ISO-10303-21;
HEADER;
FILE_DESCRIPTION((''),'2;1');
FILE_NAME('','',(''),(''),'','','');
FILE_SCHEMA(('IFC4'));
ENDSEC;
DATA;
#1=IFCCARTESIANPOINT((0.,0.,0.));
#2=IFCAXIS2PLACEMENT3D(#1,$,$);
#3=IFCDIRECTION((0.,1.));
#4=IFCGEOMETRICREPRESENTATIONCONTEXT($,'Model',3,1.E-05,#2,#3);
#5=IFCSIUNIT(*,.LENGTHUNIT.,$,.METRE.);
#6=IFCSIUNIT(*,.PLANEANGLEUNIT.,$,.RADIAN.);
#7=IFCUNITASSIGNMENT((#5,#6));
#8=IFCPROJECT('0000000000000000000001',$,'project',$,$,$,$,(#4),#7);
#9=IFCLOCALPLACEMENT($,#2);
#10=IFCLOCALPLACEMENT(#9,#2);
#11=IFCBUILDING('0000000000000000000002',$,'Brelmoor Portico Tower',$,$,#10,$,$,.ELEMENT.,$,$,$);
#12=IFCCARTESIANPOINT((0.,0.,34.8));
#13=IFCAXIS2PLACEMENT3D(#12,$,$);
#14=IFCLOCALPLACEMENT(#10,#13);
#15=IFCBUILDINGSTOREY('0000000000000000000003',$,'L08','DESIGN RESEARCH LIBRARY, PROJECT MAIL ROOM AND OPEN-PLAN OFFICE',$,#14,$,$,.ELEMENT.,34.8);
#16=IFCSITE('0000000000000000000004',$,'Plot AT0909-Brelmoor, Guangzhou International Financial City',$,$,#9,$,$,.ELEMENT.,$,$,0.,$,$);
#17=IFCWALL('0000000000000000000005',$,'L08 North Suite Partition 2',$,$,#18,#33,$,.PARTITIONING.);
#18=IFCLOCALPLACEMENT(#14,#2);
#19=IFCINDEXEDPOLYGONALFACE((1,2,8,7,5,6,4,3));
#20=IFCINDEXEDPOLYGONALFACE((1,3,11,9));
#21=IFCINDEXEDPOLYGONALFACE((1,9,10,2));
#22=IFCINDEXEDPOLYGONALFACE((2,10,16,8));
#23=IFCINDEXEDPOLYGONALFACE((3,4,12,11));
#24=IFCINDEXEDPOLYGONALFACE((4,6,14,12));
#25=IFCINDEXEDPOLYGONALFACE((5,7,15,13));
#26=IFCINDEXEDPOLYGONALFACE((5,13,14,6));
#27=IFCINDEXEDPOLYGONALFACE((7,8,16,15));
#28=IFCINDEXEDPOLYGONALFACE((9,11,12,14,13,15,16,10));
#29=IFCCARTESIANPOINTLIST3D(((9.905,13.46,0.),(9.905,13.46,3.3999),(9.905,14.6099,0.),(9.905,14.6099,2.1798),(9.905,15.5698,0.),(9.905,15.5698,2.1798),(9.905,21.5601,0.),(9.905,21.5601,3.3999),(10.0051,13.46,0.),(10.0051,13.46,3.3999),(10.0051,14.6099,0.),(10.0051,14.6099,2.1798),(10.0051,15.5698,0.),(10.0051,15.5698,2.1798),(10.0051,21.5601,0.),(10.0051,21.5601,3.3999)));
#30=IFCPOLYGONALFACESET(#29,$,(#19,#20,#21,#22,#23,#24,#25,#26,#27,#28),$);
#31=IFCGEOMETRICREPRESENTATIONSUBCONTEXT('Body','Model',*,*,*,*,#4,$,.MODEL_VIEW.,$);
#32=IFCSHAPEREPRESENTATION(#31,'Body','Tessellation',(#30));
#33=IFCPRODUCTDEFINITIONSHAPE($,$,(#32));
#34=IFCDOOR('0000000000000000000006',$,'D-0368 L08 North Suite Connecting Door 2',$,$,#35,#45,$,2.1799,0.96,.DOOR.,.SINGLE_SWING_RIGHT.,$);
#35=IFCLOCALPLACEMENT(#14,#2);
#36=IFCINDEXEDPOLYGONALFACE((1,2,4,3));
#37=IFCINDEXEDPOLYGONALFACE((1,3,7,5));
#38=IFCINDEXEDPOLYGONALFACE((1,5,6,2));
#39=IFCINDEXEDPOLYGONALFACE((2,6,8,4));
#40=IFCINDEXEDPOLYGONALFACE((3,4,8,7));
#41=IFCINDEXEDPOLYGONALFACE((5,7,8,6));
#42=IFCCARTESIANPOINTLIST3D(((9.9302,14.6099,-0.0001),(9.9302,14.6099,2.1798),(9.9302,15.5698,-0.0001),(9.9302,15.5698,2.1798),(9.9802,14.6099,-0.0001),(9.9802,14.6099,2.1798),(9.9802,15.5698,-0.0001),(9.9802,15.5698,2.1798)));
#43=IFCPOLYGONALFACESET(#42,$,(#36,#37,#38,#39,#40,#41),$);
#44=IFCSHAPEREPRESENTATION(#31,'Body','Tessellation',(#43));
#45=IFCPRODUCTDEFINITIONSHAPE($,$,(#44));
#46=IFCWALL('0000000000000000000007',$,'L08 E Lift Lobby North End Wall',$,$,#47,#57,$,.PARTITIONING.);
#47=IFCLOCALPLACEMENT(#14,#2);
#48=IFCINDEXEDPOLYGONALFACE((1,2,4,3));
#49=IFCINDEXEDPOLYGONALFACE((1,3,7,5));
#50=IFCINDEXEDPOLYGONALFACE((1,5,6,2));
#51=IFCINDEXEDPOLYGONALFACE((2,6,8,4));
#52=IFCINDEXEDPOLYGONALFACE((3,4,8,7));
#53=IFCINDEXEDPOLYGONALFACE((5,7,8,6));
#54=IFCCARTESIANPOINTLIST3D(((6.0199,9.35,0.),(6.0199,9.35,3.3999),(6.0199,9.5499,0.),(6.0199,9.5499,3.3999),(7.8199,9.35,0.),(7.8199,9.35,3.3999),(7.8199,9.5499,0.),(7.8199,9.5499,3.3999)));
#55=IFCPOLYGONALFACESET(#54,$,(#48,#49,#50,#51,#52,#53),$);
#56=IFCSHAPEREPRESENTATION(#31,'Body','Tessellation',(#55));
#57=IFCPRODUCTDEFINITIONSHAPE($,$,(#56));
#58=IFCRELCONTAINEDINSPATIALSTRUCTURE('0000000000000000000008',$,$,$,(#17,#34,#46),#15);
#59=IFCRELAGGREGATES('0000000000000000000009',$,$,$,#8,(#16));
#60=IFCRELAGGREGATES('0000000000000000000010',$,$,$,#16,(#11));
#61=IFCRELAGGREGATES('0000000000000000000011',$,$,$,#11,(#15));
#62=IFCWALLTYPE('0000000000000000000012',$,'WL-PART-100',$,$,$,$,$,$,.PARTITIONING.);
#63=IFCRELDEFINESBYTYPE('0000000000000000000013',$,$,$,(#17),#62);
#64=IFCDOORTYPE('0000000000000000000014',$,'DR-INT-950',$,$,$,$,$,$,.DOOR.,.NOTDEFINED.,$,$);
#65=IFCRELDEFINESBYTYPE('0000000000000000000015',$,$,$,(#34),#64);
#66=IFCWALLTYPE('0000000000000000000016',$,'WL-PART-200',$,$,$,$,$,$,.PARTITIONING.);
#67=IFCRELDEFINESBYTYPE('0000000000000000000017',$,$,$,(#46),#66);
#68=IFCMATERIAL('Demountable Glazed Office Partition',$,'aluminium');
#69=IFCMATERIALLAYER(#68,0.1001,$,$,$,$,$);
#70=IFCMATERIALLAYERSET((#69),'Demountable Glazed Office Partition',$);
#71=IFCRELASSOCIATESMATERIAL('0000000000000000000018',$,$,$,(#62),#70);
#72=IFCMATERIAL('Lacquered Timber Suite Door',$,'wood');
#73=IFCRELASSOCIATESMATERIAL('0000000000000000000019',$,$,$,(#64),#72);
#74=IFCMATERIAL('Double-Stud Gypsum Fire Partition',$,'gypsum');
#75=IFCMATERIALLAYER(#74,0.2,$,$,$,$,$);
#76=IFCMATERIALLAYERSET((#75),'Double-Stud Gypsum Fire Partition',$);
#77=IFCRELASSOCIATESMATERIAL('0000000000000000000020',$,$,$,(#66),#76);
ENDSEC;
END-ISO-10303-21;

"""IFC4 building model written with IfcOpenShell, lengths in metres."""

from ifc_helpers import new_model, si_unit, direction, frame, frame_2d, origin, place, context, subcontext, project, spatial, rectangle, extrude, material, layer, layer_set, type_object, element, fill, save


model = new_model("IFC4")

# Units and contexts
model_context = context("Model", 3, precision=1e-05, world=origin(), true_north=direction((0.0, 1.0)))
body_context = subcontext(model_context, "Body", "Model", "MODEL_VIEW")
ifc_project = project(units=[si_unit("LENGTHUNIT", "METRE"), si_unit("PLANEANGLEUNIT", "RADIAN")], contexts=[model_context])

# Site, building, storey
site_placement = place(None, origin())
site = spatial("IfcSite", under=ifc_project, at=site_placement, Name="Plot AT0909-Brelmoor, Guangzhou International Financial City", CompositionType="ELEMENT", RefElevation=0.0)
building_placement = place(site_placement, origin())
building = spatial("IfcBuilding", under=site, at=building_placement, Name="Brelmoor Portico Tower", CompositionType="ELEMENT")
storey_placement = place(building_placement, frame((0.0, 0.0, 34.8)))
storey = spatial("IfcBuildingStorey", under=building, at=storey_placement, Name="L08", Description="DESIGN RESEARCH LIBRARY, PROJECT MAIL ROOM AND OPEN-PLAN OFFICE", CompositionType="ELEMENT", Elevation=34.8)

# Wall, opening, door
ifc_material_1 = material(Name="Demountable Glazed Office Partition", Category="aluminium")
ifc_layer_1 = layer(ifc_material_1, 0.1001)
ifc_layer_set_1 = layer_set([ifc_layer_1], Name="Demountable Glazed Office Partition")
wall_type_1 = type_object("IfcWallType", Name="WL-PART-100", PredefinedType="PARTITIONING", material=ifc_layer_set_1)
ifc_material_2 = material(Name="Lacquered Timber Suite Door", Category="wood")
door_type = type_object("IfcDoorType", Name="DR-INT-950", OperationType="NOTDEFINED", PredefinedType="DOOR", material=ifc_material_2)
wall_1_placement = place(storey_placement, frame((9.9551, 13.46, 0.0), z_axis=(0.0, 0.0, 1.0), x_axis=(0.0, 1.0, 0.0)))
wall_1 = element("IfcWall", 1, at=wall_1_placement, inside=storey, type_object=wall_type_1, Name="L08 North Suite Partition 2", PredefinedType="PARTITIONING", context=body_context, shape_type="SweptSolid", body=[
    extrude(rectangle(XDim=8.1001, YDim=0.1001, at=frame_2d((4.05, 0.0))), origin(), (0.0, 0.0, 1.0), 3.3999),
])
opening_1_placement = place(wall_1_placement, frame((1.1499, 0.0, 0.0)))
opening_1 = element("IfcOpeningElement", 2, at=opening_1_placement, cuts=wall_1, PredefinedType="OPENING", context=body_context, shape_type="SweptSolid", body=[
    extrude(rectangle(XDim=0.96, YDim=2.1799, at=frame_2d((0.48, 1.0898))), frame((0.0, 0.0601, 0.0), z_axis=(0.0, -1.0, 0.0), x_axis=(1.0, 0.0, 0.0)), (0.0, 0.0, 1.0), 0.1201),
])
door_1_placement = place(opening_1_placement, origin())
door_1 = element("IfcDoor", 3, at=door_1_placement, inside=storey, type_object=door_type, Name="D-0368 L08 North Suite Connecting Door 2", OperationType="SINGLE_SWING_RIGHT", OverallHeight=2.1799, OverallWidth=0.96, PredefinedType="DOOR", context=body_context, shape_type="SweptSolid", body=[
    extrude(rectangle(XDim=0.96, YDim=2.1799, at=frame_2d((0.48, 1.0898))), frame((0.0, 0.0249, 0.0), z_axis=(0.0, -1.0, 0.0), x_axis=(1.0, 0.0, 0.0)), (0.0, 0.0, 1.0), 0.05),
])
fill(opening_1, door_1)

# Wall
ifc_material_3 = material(Name="Double-Stud Gypsum Fire Partition", Category="gypsum")
ifc_layer_2 = layer(ifc_material_3, 0.2)
ifc_layer_set_2 = layer_set([ifc_layer_2], Name="Double-Stud Gypsum Fire Partition")
wall_type_2 = type_object("IfcWallType", Name="WL-PART-200", PredefinedType="PARTITIONING", material=ifc_layer_set_2)
wall_2_placement = place(storey_placement, frame((6.02, 9.45, 0.0), z_axis=(0.0, 0.0, 1.0), x_axis=(1.0, 0.0, 0.0)))
element("IfcWall", 4, at=wall_2_placement, inside=storey, type_object=wall_type_2, Name="L08 E Lift Lobby North End Wall", PredefinedType="PARTITIONING", context=body_context, shape_type="SweptSolid", body=[
    extrude(rectangle(XDim=1.8, YDim=0.2, at=frame_2d((0.8999, 0.0))), origin(), (0.0, 0.0, 1.0), 3.3999),
])

save(model, "model.ifc")
